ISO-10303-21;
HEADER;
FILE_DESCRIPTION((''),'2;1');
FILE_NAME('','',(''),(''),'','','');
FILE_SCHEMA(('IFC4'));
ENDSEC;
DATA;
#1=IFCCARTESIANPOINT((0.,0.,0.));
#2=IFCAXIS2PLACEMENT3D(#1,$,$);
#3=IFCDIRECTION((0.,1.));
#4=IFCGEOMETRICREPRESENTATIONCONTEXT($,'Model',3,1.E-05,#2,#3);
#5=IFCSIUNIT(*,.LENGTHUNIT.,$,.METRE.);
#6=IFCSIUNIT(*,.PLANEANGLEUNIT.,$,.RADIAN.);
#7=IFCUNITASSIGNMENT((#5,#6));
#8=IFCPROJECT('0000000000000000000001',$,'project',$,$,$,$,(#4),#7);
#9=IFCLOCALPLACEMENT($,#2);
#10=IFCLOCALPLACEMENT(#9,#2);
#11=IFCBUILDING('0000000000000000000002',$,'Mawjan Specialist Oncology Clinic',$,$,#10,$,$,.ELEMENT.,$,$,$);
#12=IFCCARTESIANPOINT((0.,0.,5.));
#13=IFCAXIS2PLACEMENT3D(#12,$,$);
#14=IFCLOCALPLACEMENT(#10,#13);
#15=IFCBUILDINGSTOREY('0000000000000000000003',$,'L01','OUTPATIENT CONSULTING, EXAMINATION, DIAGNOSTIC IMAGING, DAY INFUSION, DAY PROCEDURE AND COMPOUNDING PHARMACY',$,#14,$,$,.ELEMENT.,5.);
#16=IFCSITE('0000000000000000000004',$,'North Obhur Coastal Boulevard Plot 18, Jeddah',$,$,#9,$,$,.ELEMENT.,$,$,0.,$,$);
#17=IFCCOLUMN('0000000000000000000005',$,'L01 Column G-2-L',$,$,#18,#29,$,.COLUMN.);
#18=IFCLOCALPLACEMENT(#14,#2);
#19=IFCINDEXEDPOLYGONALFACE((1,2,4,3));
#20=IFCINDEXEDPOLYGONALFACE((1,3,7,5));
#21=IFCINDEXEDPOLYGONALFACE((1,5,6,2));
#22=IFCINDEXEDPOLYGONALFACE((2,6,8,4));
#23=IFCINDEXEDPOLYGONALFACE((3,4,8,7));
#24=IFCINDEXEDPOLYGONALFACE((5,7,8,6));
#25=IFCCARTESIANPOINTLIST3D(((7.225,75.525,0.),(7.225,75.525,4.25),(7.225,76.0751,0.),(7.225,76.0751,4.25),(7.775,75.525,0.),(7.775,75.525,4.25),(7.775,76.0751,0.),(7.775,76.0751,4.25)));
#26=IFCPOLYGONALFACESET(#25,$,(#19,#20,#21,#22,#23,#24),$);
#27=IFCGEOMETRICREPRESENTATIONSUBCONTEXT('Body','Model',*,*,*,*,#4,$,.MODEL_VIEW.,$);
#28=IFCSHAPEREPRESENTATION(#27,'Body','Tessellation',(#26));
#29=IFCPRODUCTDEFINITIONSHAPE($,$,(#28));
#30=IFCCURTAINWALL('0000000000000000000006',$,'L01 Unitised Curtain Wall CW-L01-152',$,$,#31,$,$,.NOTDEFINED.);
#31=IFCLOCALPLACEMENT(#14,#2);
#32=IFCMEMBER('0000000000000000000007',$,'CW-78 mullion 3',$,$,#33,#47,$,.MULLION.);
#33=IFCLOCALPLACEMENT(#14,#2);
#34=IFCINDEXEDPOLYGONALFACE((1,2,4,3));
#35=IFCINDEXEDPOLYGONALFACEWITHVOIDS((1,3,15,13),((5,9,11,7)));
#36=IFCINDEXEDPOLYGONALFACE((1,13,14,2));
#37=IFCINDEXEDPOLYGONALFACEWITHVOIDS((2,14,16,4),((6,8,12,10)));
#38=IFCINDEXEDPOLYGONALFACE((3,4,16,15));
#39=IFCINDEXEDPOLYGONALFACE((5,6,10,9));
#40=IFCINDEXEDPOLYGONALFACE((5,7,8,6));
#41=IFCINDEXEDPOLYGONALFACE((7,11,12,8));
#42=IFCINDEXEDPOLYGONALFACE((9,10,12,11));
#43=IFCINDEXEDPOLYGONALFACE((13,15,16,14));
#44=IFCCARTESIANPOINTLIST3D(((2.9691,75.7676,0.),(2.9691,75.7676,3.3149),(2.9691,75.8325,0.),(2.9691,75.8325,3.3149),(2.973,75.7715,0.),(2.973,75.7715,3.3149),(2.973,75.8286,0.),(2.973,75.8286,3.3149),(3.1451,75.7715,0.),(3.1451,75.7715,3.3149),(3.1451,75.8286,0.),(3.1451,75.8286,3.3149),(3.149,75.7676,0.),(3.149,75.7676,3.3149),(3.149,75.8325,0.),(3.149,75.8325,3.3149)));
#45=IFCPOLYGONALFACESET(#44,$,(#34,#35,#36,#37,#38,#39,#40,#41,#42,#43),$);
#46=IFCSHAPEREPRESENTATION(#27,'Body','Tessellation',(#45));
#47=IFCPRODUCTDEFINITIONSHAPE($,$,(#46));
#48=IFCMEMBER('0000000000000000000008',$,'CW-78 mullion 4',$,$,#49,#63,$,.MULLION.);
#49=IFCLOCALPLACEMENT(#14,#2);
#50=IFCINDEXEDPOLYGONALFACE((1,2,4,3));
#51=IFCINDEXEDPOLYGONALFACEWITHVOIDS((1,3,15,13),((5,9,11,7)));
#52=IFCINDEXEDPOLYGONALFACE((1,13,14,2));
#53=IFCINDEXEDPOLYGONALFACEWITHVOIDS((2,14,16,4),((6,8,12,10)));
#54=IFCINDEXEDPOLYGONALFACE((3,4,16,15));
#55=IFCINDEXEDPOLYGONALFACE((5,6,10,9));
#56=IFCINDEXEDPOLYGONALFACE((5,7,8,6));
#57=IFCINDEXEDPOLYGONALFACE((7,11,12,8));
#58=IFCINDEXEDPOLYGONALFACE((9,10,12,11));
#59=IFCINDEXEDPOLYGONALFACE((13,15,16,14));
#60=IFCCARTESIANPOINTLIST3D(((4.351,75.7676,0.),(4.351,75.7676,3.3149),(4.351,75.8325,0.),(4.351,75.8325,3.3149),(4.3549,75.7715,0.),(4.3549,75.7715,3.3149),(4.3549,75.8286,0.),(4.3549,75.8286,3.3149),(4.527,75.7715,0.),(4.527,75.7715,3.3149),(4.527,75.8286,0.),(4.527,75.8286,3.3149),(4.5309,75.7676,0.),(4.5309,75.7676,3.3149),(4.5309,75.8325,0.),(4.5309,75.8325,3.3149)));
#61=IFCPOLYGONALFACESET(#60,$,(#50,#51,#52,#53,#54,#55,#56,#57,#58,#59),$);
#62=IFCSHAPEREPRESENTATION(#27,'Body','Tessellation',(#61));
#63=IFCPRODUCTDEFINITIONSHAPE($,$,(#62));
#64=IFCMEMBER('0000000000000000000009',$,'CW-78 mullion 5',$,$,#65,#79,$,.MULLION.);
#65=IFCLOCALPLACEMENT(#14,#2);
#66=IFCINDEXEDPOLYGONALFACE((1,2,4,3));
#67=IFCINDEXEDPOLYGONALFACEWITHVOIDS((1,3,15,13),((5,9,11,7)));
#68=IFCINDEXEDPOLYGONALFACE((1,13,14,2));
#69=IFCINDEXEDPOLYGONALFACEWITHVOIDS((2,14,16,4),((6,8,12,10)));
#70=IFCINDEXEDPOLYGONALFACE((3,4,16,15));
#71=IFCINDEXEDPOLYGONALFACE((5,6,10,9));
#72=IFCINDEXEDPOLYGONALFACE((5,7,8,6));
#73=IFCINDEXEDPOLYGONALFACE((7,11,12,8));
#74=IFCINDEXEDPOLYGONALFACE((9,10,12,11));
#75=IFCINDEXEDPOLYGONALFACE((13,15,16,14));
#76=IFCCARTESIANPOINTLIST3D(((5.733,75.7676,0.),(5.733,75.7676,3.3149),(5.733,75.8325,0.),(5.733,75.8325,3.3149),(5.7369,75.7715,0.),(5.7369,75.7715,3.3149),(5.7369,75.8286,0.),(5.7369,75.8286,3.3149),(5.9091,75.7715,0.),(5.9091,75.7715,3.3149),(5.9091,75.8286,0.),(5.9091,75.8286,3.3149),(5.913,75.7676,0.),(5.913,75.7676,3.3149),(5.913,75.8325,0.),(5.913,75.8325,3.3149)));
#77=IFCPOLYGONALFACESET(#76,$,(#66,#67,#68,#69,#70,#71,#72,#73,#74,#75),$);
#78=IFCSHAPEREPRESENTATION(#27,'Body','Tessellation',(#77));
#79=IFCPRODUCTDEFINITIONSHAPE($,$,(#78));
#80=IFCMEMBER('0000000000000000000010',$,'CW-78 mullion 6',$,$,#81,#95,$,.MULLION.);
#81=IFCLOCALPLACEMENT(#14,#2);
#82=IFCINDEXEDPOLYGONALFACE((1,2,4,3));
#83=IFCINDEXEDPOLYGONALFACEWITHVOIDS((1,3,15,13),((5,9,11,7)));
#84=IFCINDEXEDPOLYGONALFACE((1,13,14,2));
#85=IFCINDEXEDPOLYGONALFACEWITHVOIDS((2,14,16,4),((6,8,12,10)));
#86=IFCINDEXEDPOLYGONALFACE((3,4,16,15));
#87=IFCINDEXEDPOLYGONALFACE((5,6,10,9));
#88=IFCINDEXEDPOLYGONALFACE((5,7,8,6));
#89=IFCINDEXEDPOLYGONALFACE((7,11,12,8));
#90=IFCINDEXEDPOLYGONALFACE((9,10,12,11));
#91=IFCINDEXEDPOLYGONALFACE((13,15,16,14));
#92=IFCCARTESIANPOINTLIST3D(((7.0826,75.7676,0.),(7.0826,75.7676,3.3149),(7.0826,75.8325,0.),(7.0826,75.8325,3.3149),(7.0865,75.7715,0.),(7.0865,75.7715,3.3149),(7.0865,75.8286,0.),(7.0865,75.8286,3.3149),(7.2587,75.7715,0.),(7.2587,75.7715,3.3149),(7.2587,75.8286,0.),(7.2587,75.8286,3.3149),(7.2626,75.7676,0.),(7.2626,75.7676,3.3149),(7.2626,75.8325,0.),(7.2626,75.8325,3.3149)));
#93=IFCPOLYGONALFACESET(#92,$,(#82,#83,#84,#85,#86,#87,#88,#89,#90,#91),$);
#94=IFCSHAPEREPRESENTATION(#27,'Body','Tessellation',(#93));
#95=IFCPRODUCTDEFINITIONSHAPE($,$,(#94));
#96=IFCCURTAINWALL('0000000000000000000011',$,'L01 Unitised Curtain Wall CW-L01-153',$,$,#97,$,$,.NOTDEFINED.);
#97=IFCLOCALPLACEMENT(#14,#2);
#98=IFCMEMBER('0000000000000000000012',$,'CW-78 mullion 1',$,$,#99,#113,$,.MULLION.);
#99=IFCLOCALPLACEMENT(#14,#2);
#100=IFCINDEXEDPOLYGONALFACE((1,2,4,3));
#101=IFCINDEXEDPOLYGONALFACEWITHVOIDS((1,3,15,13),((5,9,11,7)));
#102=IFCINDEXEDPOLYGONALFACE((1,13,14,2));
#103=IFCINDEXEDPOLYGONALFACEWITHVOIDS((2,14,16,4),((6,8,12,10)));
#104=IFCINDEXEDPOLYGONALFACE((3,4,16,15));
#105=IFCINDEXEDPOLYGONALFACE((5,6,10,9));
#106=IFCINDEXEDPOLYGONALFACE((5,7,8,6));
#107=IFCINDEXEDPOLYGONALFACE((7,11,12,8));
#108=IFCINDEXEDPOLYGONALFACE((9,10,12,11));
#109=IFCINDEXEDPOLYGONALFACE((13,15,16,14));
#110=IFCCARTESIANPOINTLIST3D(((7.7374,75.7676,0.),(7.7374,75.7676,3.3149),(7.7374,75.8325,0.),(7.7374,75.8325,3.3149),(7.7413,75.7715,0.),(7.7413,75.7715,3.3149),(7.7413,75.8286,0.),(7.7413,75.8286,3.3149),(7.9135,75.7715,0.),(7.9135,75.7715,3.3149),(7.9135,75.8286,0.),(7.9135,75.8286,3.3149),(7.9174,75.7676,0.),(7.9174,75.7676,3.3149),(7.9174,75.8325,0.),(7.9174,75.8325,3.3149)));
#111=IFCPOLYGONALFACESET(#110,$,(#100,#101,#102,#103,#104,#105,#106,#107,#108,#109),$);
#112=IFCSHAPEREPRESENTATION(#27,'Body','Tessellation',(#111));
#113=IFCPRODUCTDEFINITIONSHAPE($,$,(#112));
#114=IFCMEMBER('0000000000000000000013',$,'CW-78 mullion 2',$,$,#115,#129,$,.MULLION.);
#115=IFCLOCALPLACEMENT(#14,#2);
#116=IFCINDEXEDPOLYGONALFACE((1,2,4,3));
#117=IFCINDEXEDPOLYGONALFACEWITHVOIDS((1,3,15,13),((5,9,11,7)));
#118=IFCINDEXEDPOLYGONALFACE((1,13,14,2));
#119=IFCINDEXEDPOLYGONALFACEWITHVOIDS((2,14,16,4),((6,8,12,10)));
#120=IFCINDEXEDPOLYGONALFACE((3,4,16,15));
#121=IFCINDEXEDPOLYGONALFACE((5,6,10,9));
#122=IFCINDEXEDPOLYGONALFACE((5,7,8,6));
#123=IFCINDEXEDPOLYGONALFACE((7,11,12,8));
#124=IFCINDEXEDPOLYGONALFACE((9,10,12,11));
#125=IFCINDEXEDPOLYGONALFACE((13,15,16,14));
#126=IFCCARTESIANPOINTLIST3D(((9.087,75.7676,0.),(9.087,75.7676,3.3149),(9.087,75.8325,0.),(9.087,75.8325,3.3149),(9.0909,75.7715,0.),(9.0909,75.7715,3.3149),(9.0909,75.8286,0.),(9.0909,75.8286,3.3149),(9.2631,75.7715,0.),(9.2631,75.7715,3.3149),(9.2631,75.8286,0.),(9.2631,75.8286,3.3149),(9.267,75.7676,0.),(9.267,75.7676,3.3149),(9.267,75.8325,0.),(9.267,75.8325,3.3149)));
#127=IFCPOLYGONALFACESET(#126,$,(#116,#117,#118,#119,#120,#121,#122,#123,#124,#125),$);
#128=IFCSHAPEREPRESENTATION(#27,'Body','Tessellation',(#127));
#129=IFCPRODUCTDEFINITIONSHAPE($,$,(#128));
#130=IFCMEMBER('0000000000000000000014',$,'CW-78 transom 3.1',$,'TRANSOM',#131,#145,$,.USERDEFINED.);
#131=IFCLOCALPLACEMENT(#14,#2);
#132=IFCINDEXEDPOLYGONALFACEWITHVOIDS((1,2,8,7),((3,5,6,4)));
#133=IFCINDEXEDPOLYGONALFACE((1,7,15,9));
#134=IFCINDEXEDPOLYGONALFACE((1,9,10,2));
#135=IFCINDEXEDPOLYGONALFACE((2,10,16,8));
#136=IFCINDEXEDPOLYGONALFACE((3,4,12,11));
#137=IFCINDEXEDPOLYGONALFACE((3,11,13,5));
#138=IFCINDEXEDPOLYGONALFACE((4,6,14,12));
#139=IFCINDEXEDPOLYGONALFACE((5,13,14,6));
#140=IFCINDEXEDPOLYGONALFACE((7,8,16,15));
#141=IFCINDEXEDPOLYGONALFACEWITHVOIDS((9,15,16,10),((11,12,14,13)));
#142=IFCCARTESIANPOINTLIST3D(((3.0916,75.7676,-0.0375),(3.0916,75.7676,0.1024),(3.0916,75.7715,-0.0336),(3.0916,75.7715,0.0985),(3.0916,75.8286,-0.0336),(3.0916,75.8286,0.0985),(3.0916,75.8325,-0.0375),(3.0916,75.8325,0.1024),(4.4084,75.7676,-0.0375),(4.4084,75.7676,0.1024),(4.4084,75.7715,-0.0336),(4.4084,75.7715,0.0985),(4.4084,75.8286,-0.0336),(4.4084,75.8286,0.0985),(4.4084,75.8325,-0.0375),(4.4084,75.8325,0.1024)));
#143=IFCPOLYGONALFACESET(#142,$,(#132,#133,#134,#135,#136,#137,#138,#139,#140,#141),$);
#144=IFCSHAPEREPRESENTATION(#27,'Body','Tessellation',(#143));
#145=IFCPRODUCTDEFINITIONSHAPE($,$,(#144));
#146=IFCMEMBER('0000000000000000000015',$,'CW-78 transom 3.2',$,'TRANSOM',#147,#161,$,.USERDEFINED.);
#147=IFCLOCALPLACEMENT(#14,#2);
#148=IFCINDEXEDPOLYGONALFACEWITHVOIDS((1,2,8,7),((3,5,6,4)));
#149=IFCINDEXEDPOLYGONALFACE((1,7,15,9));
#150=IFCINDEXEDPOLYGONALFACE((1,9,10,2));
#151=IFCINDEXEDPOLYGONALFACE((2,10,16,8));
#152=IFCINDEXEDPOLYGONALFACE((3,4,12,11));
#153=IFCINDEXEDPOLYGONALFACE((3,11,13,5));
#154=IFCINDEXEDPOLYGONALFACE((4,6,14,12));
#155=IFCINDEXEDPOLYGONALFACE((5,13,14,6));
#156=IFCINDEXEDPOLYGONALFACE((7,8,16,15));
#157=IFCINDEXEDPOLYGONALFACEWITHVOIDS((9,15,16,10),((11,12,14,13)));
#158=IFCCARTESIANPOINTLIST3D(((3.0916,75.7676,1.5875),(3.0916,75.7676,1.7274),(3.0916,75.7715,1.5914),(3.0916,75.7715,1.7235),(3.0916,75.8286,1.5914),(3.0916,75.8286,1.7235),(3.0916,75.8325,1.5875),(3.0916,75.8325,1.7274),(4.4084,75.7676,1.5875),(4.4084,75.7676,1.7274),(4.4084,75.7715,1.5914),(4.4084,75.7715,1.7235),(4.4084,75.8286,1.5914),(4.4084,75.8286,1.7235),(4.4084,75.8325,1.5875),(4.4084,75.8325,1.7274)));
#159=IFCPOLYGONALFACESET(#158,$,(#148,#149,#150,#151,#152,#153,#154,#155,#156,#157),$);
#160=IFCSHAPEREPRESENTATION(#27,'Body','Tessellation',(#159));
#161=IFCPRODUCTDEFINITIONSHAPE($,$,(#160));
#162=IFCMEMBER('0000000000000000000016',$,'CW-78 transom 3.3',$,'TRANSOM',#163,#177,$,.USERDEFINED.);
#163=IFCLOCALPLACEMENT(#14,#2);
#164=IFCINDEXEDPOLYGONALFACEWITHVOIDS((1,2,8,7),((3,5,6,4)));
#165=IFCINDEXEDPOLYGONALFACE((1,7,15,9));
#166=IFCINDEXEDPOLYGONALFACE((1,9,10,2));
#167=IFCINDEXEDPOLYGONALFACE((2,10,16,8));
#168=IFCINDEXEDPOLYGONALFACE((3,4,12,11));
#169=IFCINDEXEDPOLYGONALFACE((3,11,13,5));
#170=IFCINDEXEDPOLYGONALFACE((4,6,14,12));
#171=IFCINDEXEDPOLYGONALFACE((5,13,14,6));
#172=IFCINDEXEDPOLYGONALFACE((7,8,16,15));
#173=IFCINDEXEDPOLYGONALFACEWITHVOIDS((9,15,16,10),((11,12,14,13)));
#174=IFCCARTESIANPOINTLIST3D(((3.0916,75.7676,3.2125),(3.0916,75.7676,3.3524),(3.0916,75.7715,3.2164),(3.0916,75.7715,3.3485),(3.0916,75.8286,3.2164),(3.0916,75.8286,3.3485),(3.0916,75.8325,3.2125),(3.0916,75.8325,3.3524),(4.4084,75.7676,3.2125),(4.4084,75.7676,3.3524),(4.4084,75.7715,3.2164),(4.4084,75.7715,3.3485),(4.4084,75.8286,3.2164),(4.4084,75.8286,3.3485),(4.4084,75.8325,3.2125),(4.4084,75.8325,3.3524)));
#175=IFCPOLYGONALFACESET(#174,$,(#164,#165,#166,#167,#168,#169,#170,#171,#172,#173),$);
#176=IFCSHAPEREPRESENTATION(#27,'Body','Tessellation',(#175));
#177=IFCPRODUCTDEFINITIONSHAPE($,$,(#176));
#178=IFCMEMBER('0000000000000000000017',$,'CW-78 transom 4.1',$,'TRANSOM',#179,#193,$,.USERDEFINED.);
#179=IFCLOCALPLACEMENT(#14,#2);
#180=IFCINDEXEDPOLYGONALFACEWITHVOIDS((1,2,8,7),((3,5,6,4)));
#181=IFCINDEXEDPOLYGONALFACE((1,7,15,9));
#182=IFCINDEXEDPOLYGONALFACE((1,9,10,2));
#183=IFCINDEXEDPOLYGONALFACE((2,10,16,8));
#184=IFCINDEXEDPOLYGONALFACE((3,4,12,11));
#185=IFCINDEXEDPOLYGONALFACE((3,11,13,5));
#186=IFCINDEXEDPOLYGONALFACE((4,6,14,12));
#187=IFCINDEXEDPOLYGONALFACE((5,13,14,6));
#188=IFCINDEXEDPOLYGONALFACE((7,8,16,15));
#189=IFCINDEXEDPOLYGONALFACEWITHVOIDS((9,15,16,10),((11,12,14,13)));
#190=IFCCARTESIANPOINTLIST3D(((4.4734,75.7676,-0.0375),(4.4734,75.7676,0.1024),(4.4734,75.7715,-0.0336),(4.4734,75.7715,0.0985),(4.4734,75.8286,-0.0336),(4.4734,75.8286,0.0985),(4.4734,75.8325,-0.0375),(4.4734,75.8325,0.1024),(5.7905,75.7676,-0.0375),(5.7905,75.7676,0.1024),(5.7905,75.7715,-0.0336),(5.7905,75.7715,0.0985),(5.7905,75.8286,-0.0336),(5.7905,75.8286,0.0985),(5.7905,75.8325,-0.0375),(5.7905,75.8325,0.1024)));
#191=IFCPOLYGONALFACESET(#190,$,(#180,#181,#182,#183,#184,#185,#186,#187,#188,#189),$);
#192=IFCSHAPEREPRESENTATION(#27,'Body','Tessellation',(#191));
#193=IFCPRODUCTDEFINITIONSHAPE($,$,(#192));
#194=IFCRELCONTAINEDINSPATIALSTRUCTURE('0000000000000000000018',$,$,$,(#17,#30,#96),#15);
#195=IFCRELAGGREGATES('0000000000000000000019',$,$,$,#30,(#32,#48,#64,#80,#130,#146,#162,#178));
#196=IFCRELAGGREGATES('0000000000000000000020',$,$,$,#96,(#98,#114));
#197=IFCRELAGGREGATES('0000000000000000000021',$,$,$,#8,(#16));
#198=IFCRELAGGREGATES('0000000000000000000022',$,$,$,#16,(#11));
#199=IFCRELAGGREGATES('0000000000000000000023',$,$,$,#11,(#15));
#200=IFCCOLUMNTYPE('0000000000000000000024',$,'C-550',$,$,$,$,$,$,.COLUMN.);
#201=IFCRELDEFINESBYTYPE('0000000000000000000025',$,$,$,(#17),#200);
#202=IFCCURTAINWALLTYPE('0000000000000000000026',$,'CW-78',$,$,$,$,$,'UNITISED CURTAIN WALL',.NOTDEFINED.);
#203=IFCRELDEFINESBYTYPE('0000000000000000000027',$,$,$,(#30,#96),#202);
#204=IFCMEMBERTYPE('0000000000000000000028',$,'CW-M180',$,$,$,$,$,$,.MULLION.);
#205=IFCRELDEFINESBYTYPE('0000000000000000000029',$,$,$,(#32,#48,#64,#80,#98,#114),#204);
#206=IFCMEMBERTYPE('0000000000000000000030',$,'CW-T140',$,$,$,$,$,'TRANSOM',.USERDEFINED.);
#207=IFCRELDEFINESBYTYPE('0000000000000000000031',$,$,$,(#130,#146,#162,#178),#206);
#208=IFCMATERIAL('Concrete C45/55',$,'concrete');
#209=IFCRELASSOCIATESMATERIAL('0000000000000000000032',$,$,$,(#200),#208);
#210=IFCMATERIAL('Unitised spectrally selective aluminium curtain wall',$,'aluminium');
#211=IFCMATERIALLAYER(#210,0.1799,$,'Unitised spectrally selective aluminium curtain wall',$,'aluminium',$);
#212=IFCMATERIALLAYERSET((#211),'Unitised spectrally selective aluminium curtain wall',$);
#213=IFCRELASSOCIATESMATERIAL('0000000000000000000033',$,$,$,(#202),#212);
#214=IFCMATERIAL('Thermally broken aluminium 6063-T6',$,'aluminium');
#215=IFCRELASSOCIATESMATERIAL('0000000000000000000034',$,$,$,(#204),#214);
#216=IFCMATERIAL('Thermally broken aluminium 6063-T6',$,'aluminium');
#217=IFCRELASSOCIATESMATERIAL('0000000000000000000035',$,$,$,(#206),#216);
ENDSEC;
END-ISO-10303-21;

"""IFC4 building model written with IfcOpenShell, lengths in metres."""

from ifc_helpers import new_model, si_unit, direction, frame, origin, origin_2d, place, context, subcontext, project, spatial, rectangle, hollow_rectangle, extrude, material, layer, layer_set, material_profile, profile_set, type_object, element, aggregate, save


model = new_model("IFC4")

# Units and contexts
model_context = context("Model", 3, precision=1e-05, world=origin(), true_north=direction((0.0, 1.0)))
body_context = subcontext(model_context, "Body", "Model", "MODEL_VIEW")
ifc_project = project(units=[si_unit("LENGTHUNIT", "METRE"), si_unit("PLANEANGLEUNIT", "RADIAN")], contexts=[model_context])

# Site, building, storey
site_placement = place(None, origin())
site = spatial("IfcSite", under=ifc_project, at=site_placement, Name="North Obhur Coastal Boulevard Plot 18, Jeddah", CompositionType="ELEMENT", RefElevation=0.0)
building_placement = place(site_placement, origin())
building = spatial("IfcBuilding", under=site, at=building_placement, Name="Mawjan Specialist Oncology Clinic", CompositionType="ELEMENT")
storey_placement = place(building_placement, frame((0.0, 0.0, 5.0)))
storey = spatial("IfcBuildingStorey", under=building, at=storey_placement, Name="L01", Description="OUTPATIENT CONSULTING, EXAMINATION, DIAGNOSTIC IMAGING, DAY INFUSION, DAY PROCEDURE AND COMPOUNDING PHARMACY", CompositionType="ELEMENT", Elevation=5.0)

# Column
ifc_material_1 = material(Name="Concrete C45/55", Category="concrete")
ifc_material_profile_1 = material_profile(ifc_material_1, rectangle(XDim=0.55, YDim=0.55, at=origin_2d()), Name="RC COL 550x550", Category="concrete")
ifc_profile_set_1 = profile_set([ifc_material_profile_1], Name="Concrete C45/55")
column_type = type_object("IfcColumnType", Name="C-550", PredefinedType="COLUMN", material=ifc_profile_set_1)
column_placement = place(storey_placement, frame((7.5, 75.8, 0.0), z_axis=(0.0, 0.0, 1.0), x_axis=(1.0, 0.0, 0.0)))
element("IfcColumn", 1, at=column_placement, inside=storey, type_object=column_type, Name="L01 Column G-2-L", PredefinedType="COLUMN", context=body_context, shape_type="SweptSolid", body=[
    extrude(rectangle(XDim=0.55, YDim=0.55, at=origin_2d()), origin(), (0.0, 0.0, 1.0), 4.25),
])

# Curtain walls, members
ifc_material_2 = material(Name="Unitised spectrally selective aluminium curtain wall", Category="aluminium")
ifc_layer_1 = layer(ifc_material_2, 0.1799, Name="Unitised spectrally selective aluminium curtain wall", Category="aluminium")
ifc_layer_set_1 = layer_set([ifc_layer_1], Name="Unitised spectrally selective aluminium curtain wall")
curtain_wall_type = type_object("IfcCurtainWallType", Name="CW-78", ElementType="UNITISED CURTAIN WALL", PredefinedType="NOTDEFINED", material=ifc_layer_set_1)
curtain_wall_1_placement = place(storey_placement, origin())
curtain_wall_1 = element("IfcCurtainWall", 2, at=curtain_wall_1_placement, inside=storey, type_object=curtain_wall_type, Name="L01 Unitised Curtain Wall CW-L01-152", PredefinedType="NOTDEFINED")
ifc_material_3 = material(Name="Thermally broken aluminium 6063-T6", Category="aluminium")
ifc_material_profile_2 = material_profile(ifc_material_3, hollow_rectangle(XDim=0.0649, YDim=0.1799, WallThickness=0.0039, at=origin_2d()), Name="ALU MULLION 180x65x4", Category="aluminium")
ifc_profile_set_2 = profile_set([ifc_material_profile_2], Name="Thermally broken aluminium 6063-T6")
member_type_1 = type_object("IfcMemberType", Name="CW-M180", PredefinedType="MULLION", material=ifc_profile_set_2)
member_1_placement = place(storey_placement, frame((3.0591, 75.8, 0.0), z_axis=(0.0, 0.0, 1.0), x_axis=(0.0, 1.0, 0.0)))
member_1 = element("IfcMember", 3, at=member_1_placement, type_object=member_type_1, Name="CW-78 mullion 3", PredefinedType="MULLION", context=body_context, shape_type="SweptSolid", body=[
    extrude(hollow_rectangle(XDim=0.0649, YDim=0.1799, WallThickness=0.0039, at=origin_2d()), origin(), (0.0, 0.0, 1.0), 3.3149),
])
member_2_placement = place(storey_placement, frame((4.4409, 75.8, 0.0), z_axis=(0.0, 0.0, 1.0), x_axis=(0.0, 1.0, 0.0)))
member_2 = element("IfcMember", 4, at=member_2_placement, type_object=member_type_1, Name="CW-78 mullion 4", PredefinedType="MULLION", context=body_context, shape_type="SweptSolid", body=[
    extrude(hollow_rectangle(XDim=0.0649, YDim=0.1799, WallThickness=0.0039, at=origin_2d()), origin(), (0.0, 0.0, 1.0), 3.3149),
])
member_3_placement = place(storey_placement, frame((5.823, 75.8, 0.0), z_axis=(0.0, 0.0, 1.0), x_axis=(0.0, 1.0, 0.0)))
member_3 = element("IfcMember", 5, at=member_3_placement, type_object=member_type_1, Name="CW-78 mullion 5", PredefinedType="MULLION", context=body_context, shape_type="SweptSolid", body=[
    extrude(hollow_rectangle(XDim=0.0649, YDim=0.1799, WallThickness=0.0039, at=origin_2d()), origin(), (0.0, 0.0, 1.0), 3.3149),
])
member_4_placement = place(storey_placement, frame((7.1726, 75.8, 0.0), z_axis=(0.0, 0.0, 1.0), x_axis=(0.0, 1.0, 0.0)))
member_4 = element("IfcMember", 6, at=member_4_placement, type_object=member_type_1, Name="CW-78 mullion 6", PredefinedType="MULLION", context=body_context, shape_type="SweptSolid", body=[
    extrude(hollow_rectangle(XDim=0.0649, YDim=0.1799, WallThickness=0.0039, at=origin_2d()), origin(), (0.0, 0.0, 1.0), 3.3149),
])
curtain_wall_2_placement = place(storey_placement, origin())
curtain_wall_2 = element("IfcCurtainWall", 7, at=curtain_wall_2_placement, inside=storey, type_object=curtain_wall_type, Name="L01 Unitised Curtain Wall CW-L01-153", PredefinedType="NOTDEFINED")
member_5_placement = place(storey_placement, frame((7.8274, 75.8, 0.0), z_axis=(0.0, 0.0, 1.0), x_axis=(0.0, 1.0, 0.0)))
member_5 = element("IfcMember", 8, at=member_5_placement, type_object=member_type_1, Name="CW-78 mullion 1", PredefinedType="MULLION", context=body_context, shape_type="SweptSolid", body=[
    extrude(hollow_rectangle(XDim=0.0649, YDim=0.1799, WallThickness=0.0039, at=origin_2d()), origin(), (0.0, 0.0, 1.0), 3.3149),
])
member_6_placement = place(storey_placement, frame((9.177, 75.8, 0.0), z_axis=(0.0, 0.0, 1.0), x_axis=(0.0, 1.0, 0.0)))
member_6 = element("IfcMember", 9, at=member_6_placement, type_object=member_type_1, Name="CW-78 mullion 2", PredefinedType="MULLION", context=body_context, shape_type="SweptSolid", body=[
    extrude(hollow_rectangle(XDim=0.0649, YDim=0.1799, WallThickness=0.0039, at=origin_2d()), origin(), (0.0, 0.0, 1.0), 3.3149),
])

# Members
ifc_material_4 = material(Name="Thermally broken aluminium 6063-T6", Category="aluminium")
ifc_material_profile_3 = material_profile(ifc_material_4, hollow_rectangle(XDim=0.0649, YDim=0.1399, WallThickness=0.0039, at=origin_2d()), Name="ALU TRANSOM 140x65x4", Category="aluminium")
ifc_profile_set_3 = profile_set([ifc_material_profile_3], Name="Thermally broken aluminium 6063-T6")
member_type_2 = type_object("IfcMemberType", Name="CW-T140", ElementType="TRANSOM", PredefinedType="USERDEFINED", material=ifc_profile_set_3)
member_7_placement = place(storey_placement, frame((3.0916, 75.8, 0.0325), z_axis=(1.0, 0.0, 0.0), x_axis=(0.0, 1.0, 0.0)))
member_7 = element("IfcMember", 10, at=member_7_placement, type_object=member_type_2, Name="CW-78 transom 3.1", ObjectType="TRANSOM", PredefinedType="USERDEFINED", context=body_context, shape_type="SweptSolid", body=[
    extrude(hollow_rectangle(XDim=0.0649, YDim=0.1399, WallThickness=0.0039, at=origin_2d()), origin(), (0.0, 0.0, 1.0), 1.3169),
])
member_8_placement = place(storey_placement, frame((3.0916, 75.8, 1.6575), z_axis=(1.0, 0.0, 0.0), x_axis=(0.0, 1.0, 0.0)))
member_8 = element("IfcMember", 11, at=member_8_placement, type_object=member_type_2, Name="CW-78 transom 3.2", ObjectType="TRANSOM", PredefinedType="USERDEFINED", context=body_context, shape_type="SweptSolid", body=[
    extrude(hollow_rectangle(XDim=0.0649, YDim=0.1399, WallThickness=0.0039, at=origin_2d()), origin(), (0.0, 0.0, 1.0), 1.3169),
])
member_9_placement = place(storey_placement, frame((3.0916, 75.8, 3.2825), z_axis=(1.0, 0.0, 0.0), x_axis=(0.0, 1.0, 0.0)))
member_9 = element("IfcMember", 12, at=member_9_placement, type_object=member_type_2, Name="CW-78 transom 3.3", ObjectType="TRANSOM", PredefinedType="USERDEFINED", context=body_context, shape_type="SweptSolid", body=[
    extrude(hollow_rectangle(XDim=0.0649, YDim=0.1399, WallThickness=0.0039, at=origin_2d()), origin(), (0.0, 0.0, 1.0), 1.3169),
])
member_10_placement = place(storey_placement, frame((4.4734, 75.8, 0.0325), z_axis=(1.0, 0.0, 0.0), x_axis=(0.0, 1.0, 0.0)))
member_10 = element("IfcMember", 13, at=member_10_placement, type_object=member_type_2, Name="CW-78 transom 4.1", ObjectType="TRANSOM", PredefinedType="USERDEFINED", context=body_context, shape_type="SweptSolid", body=[
    extrude(hollow_rectangle(XDim=0.0649, YDim=0.1399, WallThickness=0.0039, at=origin_2d()), origin(), (0.0, 0.0, 1.0), 1.3171),
])

aggregate(curtain_wall_1, [member_1, member_2, member_3, member_4, member_7, member_8, member_9, member_10])
aggregate(curtain_wall_2, [member_5, member_6])

save(model, "model.ifc")
